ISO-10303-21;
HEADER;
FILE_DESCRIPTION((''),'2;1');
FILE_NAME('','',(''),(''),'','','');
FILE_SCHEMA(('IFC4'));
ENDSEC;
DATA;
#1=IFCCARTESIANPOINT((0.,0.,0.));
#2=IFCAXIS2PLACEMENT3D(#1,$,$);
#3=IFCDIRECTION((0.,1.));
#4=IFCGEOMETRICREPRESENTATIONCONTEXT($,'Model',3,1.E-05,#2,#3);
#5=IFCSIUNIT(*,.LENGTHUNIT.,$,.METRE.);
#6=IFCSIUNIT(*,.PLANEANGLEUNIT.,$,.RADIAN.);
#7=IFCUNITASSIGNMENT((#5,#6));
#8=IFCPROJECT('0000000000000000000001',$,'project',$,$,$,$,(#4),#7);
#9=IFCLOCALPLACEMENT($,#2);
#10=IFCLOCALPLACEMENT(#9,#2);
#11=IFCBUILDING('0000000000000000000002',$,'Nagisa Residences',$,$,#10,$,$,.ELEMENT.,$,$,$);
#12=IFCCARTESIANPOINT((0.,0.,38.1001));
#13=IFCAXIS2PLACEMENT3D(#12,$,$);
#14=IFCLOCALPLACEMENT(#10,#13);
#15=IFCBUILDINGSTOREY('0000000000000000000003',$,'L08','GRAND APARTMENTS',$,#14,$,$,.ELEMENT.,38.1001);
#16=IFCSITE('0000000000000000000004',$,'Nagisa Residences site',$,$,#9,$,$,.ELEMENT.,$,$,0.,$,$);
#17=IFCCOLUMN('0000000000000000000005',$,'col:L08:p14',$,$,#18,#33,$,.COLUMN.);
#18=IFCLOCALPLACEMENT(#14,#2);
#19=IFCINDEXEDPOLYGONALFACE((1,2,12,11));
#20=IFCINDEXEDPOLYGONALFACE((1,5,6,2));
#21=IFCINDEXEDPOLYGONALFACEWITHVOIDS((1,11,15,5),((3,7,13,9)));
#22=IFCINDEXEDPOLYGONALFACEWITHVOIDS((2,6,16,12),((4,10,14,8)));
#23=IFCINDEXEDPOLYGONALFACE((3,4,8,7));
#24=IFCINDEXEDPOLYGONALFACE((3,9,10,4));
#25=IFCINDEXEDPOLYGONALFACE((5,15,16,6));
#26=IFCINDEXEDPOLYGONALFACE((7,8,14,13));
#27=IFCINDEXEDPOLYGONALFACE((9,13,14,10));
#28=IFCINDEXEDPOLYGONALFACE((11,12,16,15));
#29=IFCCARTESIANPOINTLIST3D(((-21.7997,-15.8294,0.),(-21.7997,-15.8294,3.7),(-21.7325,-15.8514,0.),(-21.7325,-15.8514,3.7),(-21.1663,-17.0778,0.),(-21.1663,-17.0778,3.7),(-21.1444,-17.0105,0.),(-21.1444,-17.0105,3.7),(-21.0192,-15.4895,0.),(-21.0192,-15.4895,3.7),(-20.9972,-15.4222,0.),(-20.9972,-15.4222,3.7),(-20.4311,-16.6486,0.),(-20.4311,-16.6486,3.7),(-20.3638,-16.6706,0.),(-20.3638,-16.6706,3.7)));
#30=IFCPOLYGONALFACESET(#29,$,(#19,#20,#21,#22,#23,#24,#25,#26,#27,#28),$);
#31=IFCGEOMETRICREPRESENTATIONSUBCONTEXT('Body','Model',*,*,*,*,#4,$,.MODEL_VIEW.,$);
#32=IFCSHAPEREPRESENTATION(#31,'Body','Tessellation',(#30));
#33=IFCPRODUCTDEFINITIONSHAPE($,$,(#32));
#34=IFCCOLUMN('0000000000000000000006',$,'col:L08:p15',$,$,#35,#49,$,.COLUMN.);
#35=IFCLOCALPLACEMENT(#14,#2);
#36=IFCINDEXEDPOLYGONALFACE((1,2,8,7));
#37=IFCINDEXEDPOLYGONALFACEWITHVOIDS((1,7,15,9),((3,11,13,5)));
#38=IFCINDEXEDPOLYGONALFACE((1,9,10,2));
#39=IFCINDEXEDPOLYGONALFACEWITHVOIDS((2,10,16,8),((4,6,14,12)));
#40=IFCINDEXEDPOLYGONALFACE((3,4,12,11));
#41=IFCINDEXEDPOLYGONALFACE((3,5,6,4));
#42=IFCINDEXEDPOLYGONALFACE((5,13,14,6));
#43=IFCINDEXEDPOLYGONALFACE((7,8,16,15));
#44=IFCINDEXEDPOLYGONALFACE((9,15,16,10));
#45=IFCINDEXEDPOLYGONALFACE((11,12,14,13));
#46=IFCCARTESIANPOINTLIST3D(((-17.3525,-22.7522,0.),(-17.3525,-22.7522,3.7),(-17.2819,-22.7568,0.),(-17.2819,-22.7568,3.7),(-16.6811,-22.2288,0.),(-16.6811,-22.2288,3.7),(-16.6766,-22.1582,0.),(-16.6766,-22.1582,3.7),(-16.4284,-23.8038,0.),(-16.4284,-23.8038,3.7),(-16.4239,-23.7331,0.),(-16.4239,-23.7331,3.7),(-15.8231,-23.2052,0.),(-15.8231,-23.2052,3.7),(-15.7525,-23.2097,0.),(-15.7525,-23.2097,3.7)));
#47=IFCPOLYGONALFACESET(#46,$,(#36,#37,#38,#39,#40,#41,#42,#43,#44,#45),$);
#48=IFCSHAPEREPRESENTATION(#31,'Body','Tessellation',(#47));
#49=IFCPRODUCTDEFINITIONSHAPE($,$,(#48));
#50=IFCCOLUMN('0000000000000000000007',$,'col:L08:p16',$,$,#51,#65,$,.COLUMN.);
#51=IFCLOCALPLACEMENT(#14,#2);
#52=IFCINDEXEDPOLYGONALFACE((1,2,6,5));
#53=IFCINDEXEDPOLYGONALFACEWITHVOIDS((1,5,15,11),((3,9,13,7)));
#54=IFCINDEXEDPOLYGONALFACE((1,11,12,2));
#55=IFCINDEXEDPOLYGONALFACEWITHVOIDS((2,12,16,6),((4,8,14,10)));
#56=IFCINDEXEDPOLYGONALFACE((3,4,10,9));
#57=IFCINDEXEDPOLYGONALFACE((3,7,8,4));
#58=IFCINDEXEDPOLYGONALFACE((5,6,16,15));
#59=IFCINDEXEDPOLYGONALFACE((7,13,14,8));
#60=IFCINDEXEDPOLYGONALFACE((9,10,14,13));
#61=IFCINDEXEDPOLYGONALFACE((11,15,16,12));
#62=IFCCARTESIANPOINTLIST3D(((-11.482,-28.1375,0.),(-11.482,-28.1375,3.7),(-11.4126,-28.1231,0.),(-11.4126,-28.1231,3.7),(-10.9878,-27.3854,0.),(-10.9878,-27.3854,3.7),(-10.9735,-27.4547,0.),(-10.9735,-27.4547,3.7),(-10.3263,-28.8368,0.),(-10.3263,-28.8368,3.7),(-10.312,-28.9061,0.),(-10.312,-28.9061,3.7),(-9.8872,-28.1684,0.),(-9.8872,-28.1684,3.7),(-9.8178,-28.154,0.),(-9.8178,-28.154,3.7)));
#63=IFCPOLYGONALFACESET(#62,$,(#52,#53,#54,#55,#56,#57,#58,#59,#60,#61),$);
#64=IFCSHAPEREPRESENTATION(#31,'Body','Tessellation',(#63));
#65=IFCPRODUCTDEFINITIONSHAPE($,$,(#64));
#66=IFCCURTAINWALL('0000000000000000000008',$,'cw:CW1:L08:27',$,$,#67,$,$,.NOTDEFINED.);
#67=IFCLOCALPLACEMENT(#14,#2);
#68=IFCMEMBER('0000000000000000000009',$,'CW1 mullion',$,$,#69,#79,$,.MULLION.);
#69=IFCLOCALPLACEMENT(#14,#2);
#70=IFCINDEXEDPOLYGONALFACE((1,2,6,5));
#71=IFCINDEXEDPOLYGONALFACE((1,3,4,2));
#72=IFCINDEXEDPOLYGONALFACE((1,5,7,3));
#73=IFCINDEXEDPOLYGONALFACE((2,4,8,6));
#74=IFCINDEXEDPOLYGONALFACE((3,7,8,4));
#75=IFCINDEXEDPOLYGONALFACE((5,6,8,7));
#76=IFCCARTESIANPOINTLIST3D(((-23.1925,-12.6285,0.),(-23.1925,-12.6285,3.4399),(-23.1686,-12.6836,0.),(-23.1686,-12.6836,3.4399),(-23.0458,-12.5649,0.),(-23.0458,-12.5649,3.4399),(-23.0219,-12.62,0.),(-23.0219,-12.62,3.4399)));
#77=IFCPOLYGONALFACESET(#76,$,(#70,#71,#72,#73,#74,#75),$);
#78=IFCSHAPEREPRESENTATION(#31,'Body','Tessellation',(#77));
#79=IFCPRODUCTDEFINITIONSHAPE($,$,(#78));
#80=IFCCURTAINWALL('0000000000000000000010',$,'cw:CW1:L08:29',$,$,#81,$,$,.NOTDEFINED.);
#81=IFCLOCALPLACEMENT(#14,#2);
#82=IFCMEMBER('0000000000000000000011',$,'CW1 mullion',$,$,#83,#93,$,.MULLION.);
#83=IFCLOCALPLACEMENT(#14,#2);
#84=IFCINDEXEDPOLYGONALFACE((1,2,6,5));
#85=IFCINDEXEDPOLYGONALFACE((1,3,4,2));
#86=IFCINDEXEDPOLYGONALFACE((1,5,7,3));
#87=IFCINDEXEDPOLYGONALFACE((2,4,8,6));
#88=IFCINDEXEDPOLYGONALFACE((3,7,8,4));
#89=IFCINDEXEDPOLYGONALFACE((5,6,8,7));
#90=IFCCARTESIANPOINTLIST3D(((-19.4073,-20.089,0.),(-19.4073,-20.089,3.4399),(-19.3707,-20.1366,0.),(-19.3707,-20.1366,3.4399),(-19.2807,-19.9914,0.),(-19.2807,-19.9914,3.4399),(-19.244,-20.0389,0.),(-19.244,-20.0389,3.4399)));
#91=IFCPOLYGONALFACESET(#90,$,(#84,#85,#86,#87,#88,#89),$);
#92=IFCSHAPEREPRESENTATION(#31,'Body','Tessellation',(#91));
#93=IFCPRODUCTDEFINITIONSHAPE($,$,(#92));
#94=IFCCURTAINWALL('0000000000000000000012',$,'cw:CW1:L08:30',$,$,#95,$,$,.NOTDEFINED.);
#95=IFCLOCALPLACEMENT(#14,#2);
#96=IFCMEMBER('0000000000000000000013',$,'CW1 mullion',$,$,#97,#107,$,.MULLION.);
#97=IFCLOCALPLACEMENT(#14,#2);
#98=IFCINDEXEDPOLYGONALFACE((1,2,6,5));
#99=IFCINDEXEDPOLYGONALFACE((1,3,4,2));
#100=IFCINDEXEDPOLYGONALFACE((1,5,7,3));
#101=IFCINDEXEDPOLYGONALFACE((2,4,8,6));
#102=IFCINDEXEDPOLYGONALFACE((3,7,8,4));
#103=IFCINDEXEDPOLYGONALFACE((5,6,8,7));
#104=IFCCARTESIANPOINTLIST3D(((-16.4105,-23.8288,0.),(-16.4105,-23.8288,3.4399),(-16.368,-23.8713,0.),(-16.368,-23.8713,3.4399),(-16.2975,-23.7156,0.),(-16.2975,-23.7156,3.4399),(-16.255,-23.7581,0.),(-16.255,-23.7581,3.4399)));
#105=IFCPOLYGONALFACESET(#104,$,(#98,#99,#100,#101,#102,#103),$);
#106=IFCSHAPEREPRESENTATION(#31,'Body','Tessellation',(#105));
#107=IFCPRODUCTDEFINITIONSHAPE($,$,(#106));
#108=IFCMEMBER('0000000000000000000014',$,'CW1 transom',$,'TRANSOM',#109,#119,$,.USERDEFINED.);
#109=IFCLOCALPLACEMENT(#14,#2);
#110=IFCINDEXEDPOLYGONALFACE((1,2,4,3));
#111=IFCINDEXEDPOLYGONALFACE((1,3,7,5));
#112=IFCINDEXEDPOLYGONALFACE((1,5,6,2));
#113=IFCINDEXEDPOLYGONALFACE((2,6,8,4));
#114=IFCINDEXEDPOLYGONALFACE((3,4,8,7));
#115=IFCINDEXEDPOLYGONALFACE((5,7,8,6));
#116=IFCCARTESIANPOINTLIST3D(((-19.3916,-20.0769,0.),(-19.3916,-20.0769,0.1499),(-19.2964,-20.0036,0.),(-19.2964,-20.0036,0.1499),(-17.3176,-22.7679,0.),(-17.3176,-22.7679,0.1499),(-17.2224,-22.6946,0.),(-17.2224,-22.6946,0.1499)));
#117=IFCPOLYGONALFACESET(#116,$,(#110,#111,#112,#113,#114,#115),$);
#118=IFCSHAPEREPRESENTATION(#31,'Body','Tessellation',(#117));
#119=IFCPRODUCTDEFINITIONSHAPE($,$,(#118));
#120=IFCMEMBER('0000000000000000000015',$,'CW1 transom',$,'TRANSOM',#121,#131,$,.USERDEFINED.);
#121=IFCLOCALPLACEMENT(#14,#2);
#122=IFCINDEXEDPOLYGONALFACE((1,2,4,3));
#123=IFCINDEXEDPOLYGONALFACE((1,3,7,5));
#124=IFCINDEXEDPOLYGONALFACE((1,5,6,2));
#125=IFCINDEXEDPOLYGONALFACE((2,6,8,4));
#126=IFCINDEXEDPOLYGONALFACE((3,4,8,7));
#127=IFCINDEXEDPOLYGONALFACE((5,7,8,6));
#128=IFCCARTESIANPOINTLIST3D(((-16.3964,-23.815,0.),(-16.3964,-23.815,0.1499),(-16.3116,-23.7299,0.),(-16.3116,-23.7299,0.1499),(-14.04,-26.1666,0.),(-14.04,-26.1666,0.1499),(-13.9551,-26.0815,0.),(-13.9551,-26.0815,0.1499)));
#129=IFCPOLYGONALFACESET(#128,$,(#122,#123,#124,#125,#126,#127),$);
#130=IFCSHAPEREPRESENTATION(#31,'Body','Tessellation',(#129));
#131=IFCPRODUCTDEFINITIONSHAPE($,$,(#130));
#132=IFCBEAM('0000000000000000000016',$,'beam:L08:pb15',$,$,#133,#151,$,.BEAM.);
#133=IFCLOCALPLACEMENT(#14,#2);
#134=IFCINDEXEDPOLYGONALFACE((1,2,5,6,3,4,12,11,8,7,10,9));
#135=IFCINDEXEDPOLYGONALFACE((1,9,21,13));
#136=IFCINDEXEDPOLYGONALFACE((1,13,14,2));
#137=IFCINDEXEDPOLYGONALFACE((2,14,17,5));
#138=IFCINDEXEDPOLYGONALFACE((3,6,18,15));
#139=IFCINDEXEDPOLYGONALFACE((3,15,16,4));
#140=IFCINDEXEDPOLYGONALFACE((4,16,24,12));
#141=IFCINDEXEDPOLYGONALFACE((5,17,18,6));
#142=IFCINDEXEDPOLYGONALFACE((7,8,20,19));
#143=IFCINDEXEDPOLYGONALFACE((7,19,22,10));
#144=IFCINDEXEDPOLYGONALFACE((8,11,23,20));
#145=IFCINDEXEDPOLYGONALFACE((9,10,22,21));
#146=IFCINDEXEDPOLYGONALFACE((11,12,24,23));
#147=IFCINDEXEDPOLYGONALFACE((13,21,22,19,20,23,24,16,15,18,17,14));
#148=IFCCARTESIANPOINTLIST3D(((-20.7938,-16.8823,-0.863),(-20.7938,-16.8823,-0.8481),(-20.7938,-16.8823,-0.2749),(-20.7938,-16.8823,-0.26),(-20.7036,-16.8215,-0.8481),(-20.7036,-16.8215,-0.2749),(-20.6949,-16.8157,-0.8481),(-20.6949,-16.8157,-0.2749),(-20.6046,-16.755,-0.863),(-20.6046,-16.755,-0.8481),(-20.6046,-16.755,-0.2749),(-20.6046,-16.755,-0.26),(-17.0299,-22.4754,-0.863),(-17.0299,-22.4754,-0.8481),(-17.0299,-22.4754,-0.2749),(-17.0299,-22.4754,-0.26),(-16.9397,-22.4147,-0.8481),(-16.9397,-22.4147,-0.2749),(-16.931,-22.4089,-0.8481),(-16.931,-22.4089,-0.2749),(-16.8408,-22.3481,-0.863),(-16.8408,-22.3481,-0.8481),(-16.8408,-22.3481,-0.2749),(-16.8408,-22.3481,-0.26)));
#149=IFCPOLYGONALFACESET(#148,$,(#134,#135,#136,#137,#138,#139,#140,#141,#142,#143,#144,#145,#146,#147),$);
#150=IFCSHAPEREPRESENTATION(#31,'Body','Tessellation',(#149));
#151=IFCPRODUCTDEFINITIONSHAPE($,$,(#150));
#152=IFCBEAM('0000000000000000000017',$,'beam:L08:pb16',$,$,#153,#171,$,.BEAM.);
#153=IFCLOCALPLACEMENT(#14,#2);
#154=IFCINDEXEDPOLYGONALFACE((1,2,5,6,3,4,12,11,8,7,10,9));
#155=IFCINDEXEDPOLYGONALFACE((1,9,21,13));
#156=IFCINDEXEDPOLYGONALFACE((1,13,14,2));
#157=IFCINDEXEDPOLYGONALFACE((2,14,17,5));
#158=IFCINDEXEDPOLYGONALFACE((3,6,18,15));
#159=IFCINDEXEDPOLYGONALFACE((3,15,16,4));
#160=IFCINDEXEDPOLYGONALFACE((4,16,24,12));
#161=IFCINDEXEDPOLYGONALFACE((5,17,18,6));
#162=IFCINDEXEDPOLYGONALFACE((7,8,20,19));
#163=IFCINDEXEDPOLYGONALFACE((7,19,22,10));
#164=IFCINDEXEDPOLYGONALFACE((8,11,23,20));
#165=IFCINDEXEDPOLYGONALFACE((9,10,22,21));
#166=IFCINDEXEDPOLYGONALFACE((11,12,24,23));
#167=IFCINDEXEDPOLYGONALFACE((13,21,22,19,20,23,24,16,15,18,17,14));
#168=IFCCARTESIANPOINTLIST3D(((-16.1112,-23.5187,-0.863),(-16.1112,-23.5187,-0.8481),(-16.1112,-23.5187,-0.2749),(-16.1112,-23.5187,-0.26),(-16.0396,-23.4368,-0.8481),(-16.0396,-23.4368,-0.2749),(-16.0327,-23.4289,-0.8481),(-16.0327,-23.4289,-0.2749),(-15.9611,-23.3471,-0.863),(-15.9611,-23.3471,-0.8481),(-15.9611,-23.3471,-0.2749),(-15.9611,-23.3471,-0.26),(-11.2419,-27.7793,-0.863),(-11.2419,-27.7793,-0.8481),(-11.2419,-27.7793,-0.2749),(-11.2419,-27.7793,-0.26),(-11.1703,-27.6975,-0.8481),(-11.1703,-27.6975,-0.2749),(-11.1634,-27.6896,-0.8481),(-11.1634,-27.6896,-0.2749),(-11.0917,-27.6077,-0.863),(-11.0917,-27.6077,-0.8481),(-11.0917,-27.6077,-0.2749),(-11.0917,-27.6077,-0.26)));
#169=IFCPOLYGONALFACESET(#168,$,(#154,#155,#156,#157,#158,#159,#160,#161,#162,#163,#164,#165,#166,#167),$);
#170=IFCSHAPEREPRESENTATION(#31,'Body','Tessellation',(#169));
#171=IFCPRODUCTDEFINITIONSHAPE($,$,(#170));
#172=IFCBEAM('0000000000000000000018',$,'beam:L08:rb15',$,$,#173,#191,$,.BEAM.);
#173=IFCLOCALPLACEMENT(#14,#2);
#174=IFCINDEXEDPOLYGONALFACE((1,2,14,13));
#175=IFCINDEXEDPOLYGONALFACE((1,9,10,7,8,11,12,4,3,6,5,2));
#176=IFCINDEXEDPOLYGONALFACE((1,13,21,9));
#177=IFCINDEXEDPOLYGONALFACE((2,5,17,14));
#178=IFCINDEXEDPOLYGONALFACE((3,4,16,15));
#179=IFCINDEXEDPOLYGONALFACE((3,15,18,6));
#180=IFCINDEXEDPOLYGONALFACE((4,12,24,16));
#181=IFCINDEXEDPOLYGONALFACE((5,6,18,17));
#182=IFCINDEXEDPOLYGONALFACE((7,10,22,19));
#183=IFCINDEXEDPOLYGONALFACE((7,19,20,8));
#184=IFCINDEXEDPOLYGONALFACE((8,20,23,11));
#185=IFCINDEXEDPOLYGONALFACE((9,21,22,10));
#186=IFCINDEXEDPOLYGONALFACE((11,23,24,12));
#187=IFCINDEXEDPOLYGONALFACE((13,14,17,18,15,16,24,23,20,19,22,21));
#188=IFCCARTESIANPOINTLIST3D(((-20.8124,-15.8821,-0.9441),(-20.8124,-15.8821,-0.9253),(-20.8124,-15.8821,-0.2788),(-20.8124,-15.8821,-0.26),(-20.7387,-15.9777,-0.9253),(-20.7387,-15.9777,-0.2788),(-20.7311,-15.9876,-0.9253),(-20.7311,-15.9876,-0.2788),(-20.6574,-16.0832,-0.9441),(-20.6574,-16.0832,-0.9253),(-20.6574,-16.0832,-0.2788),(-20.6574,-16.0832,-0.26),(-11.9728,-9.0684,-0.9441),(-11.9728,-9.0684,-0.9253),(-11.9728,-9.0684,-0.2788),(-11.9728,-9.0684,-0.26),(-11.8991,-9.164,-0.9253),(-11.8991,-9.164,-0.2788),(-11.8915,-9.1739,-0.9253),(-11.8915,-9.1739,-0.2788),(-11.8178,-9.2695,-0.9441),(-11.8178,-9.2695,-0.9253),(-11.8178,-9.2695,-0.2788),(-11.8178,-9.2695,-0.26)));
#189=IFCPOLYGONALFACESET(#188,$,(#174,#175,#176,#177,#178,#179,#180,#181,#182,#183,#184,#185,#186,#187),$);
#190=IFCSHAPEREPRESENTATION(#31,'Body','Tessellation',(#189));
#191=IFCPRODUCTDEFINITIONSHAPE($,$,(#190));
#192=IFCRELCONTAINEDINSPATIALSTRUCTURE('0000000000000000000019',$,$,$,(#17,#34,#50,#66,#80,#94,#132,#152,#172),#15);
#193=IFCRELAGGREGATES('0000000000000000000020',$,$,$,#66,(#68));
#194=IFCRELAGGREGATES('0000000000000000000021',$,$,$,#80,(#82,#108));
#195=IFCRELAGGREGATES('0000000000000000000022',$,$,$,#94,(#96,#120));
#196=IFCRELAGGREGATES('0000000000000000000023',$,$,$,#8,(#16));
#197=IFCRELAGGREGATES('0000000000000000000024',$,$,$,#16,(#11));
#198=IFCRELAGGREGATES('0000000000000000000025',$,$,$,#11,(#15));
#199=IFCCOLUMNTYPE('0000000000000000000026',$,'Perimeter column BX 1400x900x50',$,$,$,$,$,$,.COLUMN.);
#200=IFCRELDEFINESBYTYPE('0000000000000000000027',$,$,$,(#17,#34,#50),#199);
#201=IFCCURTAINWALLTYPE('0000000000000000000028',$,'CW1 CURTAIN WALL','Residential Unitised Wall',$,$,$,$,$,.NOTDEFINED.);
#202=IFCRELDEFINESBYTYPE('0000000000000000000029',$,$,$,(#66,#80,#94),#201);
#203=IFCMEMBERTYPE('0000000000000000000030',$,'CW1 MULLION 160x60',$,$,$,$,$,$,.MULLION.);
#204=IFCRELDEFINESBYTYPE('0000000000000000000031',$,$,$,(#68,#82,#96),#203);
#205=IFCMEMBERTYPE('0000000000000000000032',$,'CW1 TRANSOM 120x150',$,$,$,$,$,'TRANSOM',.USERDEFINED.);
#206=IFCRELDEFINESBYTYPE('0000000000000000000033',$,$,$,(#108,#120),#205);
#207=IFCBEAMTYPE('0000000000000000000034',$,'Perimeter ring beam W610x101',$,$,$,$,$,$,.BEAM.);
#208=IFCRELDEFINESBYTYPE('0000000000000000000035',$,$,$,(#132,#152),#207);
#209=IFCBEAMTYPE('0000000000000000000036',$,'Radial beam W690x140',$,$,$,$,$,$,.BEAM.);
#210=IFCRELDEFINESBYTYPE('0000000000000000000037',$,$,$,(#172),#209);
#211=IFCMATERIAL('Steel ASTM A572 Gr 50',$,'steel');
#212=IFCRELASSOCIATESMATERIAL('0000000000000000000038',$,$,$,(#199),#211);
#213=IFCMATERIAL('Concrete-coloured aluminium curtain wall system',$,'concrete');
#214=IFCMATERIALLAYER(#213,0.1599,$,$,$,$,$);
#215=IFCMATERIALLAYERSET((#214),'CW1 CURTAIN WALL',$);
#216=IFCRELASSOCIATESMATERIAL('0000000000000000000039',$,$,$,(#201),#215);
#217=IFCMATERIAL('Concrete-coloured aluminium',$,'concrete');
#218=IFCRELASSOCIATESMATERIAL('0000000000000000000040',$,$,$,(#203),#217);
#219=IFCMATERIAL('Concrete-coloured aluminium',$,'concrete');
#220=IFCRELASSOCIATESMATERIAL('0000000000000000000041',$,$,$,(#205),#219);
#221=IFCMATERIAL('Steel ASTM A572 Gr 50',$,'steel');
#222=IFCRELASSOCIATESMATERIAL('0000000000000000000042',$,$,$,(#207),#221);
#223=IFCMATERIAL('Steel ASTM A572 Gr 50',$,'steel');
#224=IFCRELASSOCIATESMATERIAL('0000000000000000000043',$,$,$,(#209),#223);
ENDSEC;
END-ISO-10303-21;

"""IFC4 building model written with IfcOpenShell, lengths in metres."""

from ifc_helpers import new_model, si_unit, direction, frame, origin, origin_2d, place, context, subcontext, project, spatial, rectangle, hollow_rectangle, i_section, extrude, material, layer, layer_set, material_profile, profile_set, type_object, element, aggregate, save


model = new_model("IFC4")

# Units and contexts
model_context = context("Model", 3, precision=1e-05, world=origin(), true_north=direction((0.0, 1.0)))
body_context = subcontext(model_context, "Body", "Model", "MODEL_VIEW")
ifc_project = project(units=[si_unit("LENGTHUNIT", "METRE"), si_unit("PLANEANGLEUNIT", "RADIAN")], contexts=[model_context])

# Site, building, storey
site_placement = place(None, origin())
site = spatial("IfcSite", under=ifc_project, at=site_placement, Name="Nagisa Residences site", CompositionType="ELEMENT", RefElevation=0.0)
building_placement = place(site_placement, origin())
building = spatial("IfcBuilding", under=site, at=building_placement, Name="Nagisa Residences", CompositionType="ELEMENT")
storey_placement = place(building_placement, frame((0.0, 0.0, 38.1001)))
storey = spatial("IfcBuildingStorey", under=building, at=storey_placement, Name="L08", Description="GRAND APARTMENTS", CompositionType="ELEMENT", Elevation=38.1001)

# Columns
ifc_material_1 = material(Name="Steel ASTM A572 Gr 50", Category="steel")
ifc_material_profile_1 = material_profile(ifc_material_1, hollow_rectangle(XDim=1.3999, YDim=0.8999, WallThickness=0.05, at=origin_2d()), Name="BX 1400x900x50")
ifc_profile_set_1 = profile_set([ifc_material_profile_1], Name="Steel ASTM A572 Gr 50")
column_type = type_object("IfcColumnType", Name="Perimeter column BX 1400x900x50", PredefinedType="COLUMN", material=ifc_profile_set_1)
for number, where, z_axis, x_axis, name in (
    (1, (-21.0818, -16.25, 0.0), (0.0, 0.0, 1.0), (0.452463, -0.891783, 0.0), "col:L08:p14"),
    (2, (-16.5525, -22.981, 0.0), (0.0, 0.0, 1.0), (0.660115, -0.751165, 0.0), "col:L08:p15"),
    (3, (-10.6499, -28.1458, 0.0), (0.0, 0.0, 1.0), (0.835766, -0.549086, 0.0), "col:L08:p16"),
):
    element("IfcColumn", number, at=place(storey_placement, frame(where, z_axis=z_axis, x_axis=x_axis)), inside=storey, type_object=column_type, Name=name, PredefinedType="COLUMN", context=body_context, shape_type="SweptSolid", body=[
        extrude(hollow_rectangle(XDim=1.3999, YDim=0.8999, WallThickness=0.05, at=origin_2d()), origin(), (0.0, 0.0, 1.0), 3.7),
    ])

# Curtain walls, members
ifc_material_2 = material(Name="Concrete-coloured aluminium curtain wall system", Category="concrete")
ifc_layer_1 = layer(ifc_material_2, 0.1599)
ifc_layer_set_1 = layer_set([ifc_layer_1], Name="CW1 CURTAIN WALL")
curtain_wall_type = type_object("IfcCurtainWallType", Name="CW1 CURTAIN WALL", Description="Residential Unitised Wall", PredefinedType="NOTDEFINED", material=ifc_layer_set_1)
curtain_wall_1_placement = place(storey_placement, origin())
curtain_wall_1 = element("IfcCurtainWall", 4, at=curtain_wall_1_placement, inside=storey, type_object=curtain_wall_type, Name="cw:CW1:L08:27", PredefinedType="NOTDEFINED")
ifc_material_3 = material(Name="Concrete-coloured aluminium", Category="concrete")
ifc_material_profile_2 = material_profile(ifc_material_3, rectangle(XDim=0.1599, YDim=0.0601, at=origin_2d()), Name="CW1 MULLION 160x60")
ifc_profile_set_2 = profile_set([ifc_material_profile_2], Name="Concrete-coloured aluminium")
member_type_1 = type_object("IfcMemberType", Name="CW1 MULLION 160x60", PredefinedType="MULLION", material=ifc_profile_set_2)
member_1_placement = place(storey_placement, frame((-23.1072, -12.6243, 0.0), z_axis=(0.0, 0.0, 1.0), x_axis=(0.917543, 0.397636, 0.0)))
member_1 = element("IfcMember", 5, at=member_1_placement, type_object=member_type_1, Name="CW1 mullion", PredefinedType="MULLION", context=body_context, shape_type="SweptSolid", body=[
    extrude(rectangle(XDim=0.1599, YDim=0.0601, at=origin_2d()), origin(), (0.0, 0.0, 1.0), 3.4399),
])
curtain_wall_2_placement = place(storey_placement, origin())
curtain_wall_2 = element("IfcCurtainWall", 6, at=curtain_wall_2_placement, inside=storey, type_object=curtain_wall_type, Name="cw:CW1:L08:29", PredefinedType="NOTDEFINED")
member_2_placement = place(storey_placement, frame((-19.3257, -20.064, 0.0), z_axis=(0.0, 0.0, 1.0), x_axis=(0.79207, 0.61043, 0.0)))
member_2 = element("IfcMember", 7, at=member_2_placement, type_object=member_type_1, Name="CW1 mullion", PredefinedType="MULLION", context=body_context, shape_type="SweptSolid", body=[
    extrude(rectangle(XDim=0.1599, YDim=0.0601, at=origin_2d()), origin(), (0.0, 0.0, 1.0), 3.4399),
])
curtain_wall_3_placement = place(storey_placement, origin())
curtain_wall_3 = element("IfcCurtainWall", 8, at=curtain_wall_3_placement, inside=storey, type_object=curtain_wall_type, Name="cw:CW1:L08:30", PredefinedType="NOTDEFINED")
member_3_placement = place(storey_placement, frame((-16.3328, -23.7935, 0.0), z_axis=(0.0, 0.0, 1.0), x_axis=(0.706377, 0.707836, 0.0)))
member_3 = element("IfcMember", 9, at=member_3_placement, type_object=member_type_1, Name="CW1 mullion", PredefinedType="MULLION", context=body_context, shape_type="SweptSolid", body=[
    extrude(rectangle(XDim=0.1599, YDim=0.0601, at=origin_2d()), origin(), (0.0, 0.0, 1.0), 3.4399),
])

# Members
ifc_material_4 = material(Name="Concrete-coloured aluminium", Category="concrete")
ifc_material_profile_3 = material_profile(ifc_material_4, rectangle(XDim=0.1201, YDim=0.1499, at=origin_2d()), Name="CW1 TRANSOM 120x150")
ifc_profile_set_3 = profile_set([ifc_material_profile_3], Name="Concrete-coloured aluminium")
member_type_2 = type_object("IfcMemberType", Name="CW1 TRANSOM 120x150", ElementType="TRANSOM", PredefinedType="USERDEFINED", material=ifc_profile_set_3)
member_4_placement = place(storey_placement, frame((-19.344, -20.0403, 0.075), z_axis=(0.610457, -0.792049, 0.0), x_axis=(0.792049, 0.610457, 0.0)))
member_4 = element("IfcMember", 10, at=member_4_placement, type_object=member_type_2, Name="CW1 transom", ObjectType="TRANSOM", PredefinedType="USERDEFINED", context=body_context, shape_type="SweptSolid", body=[
    extrude(rectangle(XDim=0.1201, YDim=0.1499, at=origin_2d()), origin(), (0.0, 0.0, 1.0), 3.3975),
])
member_5_placement = place(storey_placement, frame((-16.354, -23.7725, 0.075), z_axis=(0.70784, -0.706373, 0.0), x_axis=(0.706373, 0.70784, 0.0)))
member_5 = element("IfcMember", 11, at=member_5_placement, type_object=member_type_2, Name="CW1 transom", ObjectType="TRANSOM", PredefinedType="USERDEFINED", context=body_context, shape_type="SweptSolid", body=[
    extrude(rectangle(XDim=0.1201, YDim=0.1499, at=origin_2d()), origin(), (0.0, 0.0, 1.0), 3.3291),
])

# Beams
ifc_material_5 = material(Name="Steel ASTM A572 Gr 50", Category="steel")
ifc_material_profile_4 = material_profile(ifc_material_5, i_section(OverallWidth=0.228, OverallDepth=0.603, WebThickness=0.0105, FlangeThickness=0.0149, at=origin_2d()), Name="W610x101")
ifc_profile_set_4 = profile_set([ifc_material_profile_4], Name="Steel ASTM A572 Gr 50")
beam_type_1 = type_object("IfcBeamType", Name="Perimeter ring beam W610x101", PredefinedType="BEAM", material=ifc_profile_set_4)
beam_1_placement = place(storey_placement, frame((-20.6992, -16.8186, -0.5615), z_axis=(0.558297, -0.829641, 0.0), x_axis=(0.829641, 0.558297, 0.0)))
element("IfcBeam", 12, at=beam_1_placement, inside=storey, type_object=beam_type_1, Name="beam:L08:pb15", PredefinedType="BEAM", context=body_context, shape_type="SweptSolid", body=[
    extrude(i_section(OverallWidth=0.228, OverallDepth=0.603, WebThickness=0.0105, FlangeThickness=0.0149, at=origin_2d()), origin(), (0.0, 0.0, 1.0), 6.7417),
])
beam_2_placement = place(storey_placement, frame((-16.0361, -23.4329, -0.5615), z_axis=(0.752574, -0.658507, 0.0), x_axis=(0.658507, 0.752574, 0.0)))
element("IfcBeam", 13, at=beam_2_placement, inside=storey, type_object=beam_type_1, Name="beam:L08:pb16", PredefinedType="BEAM", context=body_context, shape_type="SweptSolid", body=[
    extrude(i_section(OverallWidth=0.228, OverallDepth=0.603, WebThickness=0.0105, FlangeThickness=0.0149, at=origin_2d()), origin(), (0.0, 0.0, 1.0), 6.4702),
])
ifc_material_6 = material(Name="Steel ASTM A572 Gr 50", Category="steel")
ifc_material_profile_5 = material_profile(ifc_material_6, i_section(OverallWidth=0.2539, OverallDepth=0.6841, WebThickness=0.0125, FlangeThickness=0.0188, at=origin_2d()), Name="W690x140")
ifc_profile_set_5 = profile_set([ifc_material_profile_5], Name="Steel ASTM A572 Gr 50")
beam_type_2 = type_object("IfcBeamType", Name="Radial beam W690x140", PredefinedType="BEAM", material=ifc_profile_set_5)
beam_3_placement = place(storey_placement, frame((-20.7349, -15.9827, -0.6021), z_axis=(0.792016, 0.6105, 0.0), x_axis=(-0.6105, 0.792016, 0.0)))
element("IfcBeam", 14, at=beam_3_placement, inside=storey, type_object=beam_type_2, Name="beam:L08:rb15", PredefinedType="BEAM", context=body_context, shape_type="SweptSolid", body=[
    extrude(i_section(OverallWidth=0.2539, OverallDepth=0.6841, WebThickness=0.0125, FlangeThickness=0.0188, at=origin_2d()), origin(), (0.0, 0.0, 1.0), 11.1609),
])

aggregate(curtain_wall_1, [member_1])
aggregate(curtain_wall_2, [member_2, member_4])
aggregate(curtain_wall_3, [member_3, member_5])

save(model, "model.ifc")
